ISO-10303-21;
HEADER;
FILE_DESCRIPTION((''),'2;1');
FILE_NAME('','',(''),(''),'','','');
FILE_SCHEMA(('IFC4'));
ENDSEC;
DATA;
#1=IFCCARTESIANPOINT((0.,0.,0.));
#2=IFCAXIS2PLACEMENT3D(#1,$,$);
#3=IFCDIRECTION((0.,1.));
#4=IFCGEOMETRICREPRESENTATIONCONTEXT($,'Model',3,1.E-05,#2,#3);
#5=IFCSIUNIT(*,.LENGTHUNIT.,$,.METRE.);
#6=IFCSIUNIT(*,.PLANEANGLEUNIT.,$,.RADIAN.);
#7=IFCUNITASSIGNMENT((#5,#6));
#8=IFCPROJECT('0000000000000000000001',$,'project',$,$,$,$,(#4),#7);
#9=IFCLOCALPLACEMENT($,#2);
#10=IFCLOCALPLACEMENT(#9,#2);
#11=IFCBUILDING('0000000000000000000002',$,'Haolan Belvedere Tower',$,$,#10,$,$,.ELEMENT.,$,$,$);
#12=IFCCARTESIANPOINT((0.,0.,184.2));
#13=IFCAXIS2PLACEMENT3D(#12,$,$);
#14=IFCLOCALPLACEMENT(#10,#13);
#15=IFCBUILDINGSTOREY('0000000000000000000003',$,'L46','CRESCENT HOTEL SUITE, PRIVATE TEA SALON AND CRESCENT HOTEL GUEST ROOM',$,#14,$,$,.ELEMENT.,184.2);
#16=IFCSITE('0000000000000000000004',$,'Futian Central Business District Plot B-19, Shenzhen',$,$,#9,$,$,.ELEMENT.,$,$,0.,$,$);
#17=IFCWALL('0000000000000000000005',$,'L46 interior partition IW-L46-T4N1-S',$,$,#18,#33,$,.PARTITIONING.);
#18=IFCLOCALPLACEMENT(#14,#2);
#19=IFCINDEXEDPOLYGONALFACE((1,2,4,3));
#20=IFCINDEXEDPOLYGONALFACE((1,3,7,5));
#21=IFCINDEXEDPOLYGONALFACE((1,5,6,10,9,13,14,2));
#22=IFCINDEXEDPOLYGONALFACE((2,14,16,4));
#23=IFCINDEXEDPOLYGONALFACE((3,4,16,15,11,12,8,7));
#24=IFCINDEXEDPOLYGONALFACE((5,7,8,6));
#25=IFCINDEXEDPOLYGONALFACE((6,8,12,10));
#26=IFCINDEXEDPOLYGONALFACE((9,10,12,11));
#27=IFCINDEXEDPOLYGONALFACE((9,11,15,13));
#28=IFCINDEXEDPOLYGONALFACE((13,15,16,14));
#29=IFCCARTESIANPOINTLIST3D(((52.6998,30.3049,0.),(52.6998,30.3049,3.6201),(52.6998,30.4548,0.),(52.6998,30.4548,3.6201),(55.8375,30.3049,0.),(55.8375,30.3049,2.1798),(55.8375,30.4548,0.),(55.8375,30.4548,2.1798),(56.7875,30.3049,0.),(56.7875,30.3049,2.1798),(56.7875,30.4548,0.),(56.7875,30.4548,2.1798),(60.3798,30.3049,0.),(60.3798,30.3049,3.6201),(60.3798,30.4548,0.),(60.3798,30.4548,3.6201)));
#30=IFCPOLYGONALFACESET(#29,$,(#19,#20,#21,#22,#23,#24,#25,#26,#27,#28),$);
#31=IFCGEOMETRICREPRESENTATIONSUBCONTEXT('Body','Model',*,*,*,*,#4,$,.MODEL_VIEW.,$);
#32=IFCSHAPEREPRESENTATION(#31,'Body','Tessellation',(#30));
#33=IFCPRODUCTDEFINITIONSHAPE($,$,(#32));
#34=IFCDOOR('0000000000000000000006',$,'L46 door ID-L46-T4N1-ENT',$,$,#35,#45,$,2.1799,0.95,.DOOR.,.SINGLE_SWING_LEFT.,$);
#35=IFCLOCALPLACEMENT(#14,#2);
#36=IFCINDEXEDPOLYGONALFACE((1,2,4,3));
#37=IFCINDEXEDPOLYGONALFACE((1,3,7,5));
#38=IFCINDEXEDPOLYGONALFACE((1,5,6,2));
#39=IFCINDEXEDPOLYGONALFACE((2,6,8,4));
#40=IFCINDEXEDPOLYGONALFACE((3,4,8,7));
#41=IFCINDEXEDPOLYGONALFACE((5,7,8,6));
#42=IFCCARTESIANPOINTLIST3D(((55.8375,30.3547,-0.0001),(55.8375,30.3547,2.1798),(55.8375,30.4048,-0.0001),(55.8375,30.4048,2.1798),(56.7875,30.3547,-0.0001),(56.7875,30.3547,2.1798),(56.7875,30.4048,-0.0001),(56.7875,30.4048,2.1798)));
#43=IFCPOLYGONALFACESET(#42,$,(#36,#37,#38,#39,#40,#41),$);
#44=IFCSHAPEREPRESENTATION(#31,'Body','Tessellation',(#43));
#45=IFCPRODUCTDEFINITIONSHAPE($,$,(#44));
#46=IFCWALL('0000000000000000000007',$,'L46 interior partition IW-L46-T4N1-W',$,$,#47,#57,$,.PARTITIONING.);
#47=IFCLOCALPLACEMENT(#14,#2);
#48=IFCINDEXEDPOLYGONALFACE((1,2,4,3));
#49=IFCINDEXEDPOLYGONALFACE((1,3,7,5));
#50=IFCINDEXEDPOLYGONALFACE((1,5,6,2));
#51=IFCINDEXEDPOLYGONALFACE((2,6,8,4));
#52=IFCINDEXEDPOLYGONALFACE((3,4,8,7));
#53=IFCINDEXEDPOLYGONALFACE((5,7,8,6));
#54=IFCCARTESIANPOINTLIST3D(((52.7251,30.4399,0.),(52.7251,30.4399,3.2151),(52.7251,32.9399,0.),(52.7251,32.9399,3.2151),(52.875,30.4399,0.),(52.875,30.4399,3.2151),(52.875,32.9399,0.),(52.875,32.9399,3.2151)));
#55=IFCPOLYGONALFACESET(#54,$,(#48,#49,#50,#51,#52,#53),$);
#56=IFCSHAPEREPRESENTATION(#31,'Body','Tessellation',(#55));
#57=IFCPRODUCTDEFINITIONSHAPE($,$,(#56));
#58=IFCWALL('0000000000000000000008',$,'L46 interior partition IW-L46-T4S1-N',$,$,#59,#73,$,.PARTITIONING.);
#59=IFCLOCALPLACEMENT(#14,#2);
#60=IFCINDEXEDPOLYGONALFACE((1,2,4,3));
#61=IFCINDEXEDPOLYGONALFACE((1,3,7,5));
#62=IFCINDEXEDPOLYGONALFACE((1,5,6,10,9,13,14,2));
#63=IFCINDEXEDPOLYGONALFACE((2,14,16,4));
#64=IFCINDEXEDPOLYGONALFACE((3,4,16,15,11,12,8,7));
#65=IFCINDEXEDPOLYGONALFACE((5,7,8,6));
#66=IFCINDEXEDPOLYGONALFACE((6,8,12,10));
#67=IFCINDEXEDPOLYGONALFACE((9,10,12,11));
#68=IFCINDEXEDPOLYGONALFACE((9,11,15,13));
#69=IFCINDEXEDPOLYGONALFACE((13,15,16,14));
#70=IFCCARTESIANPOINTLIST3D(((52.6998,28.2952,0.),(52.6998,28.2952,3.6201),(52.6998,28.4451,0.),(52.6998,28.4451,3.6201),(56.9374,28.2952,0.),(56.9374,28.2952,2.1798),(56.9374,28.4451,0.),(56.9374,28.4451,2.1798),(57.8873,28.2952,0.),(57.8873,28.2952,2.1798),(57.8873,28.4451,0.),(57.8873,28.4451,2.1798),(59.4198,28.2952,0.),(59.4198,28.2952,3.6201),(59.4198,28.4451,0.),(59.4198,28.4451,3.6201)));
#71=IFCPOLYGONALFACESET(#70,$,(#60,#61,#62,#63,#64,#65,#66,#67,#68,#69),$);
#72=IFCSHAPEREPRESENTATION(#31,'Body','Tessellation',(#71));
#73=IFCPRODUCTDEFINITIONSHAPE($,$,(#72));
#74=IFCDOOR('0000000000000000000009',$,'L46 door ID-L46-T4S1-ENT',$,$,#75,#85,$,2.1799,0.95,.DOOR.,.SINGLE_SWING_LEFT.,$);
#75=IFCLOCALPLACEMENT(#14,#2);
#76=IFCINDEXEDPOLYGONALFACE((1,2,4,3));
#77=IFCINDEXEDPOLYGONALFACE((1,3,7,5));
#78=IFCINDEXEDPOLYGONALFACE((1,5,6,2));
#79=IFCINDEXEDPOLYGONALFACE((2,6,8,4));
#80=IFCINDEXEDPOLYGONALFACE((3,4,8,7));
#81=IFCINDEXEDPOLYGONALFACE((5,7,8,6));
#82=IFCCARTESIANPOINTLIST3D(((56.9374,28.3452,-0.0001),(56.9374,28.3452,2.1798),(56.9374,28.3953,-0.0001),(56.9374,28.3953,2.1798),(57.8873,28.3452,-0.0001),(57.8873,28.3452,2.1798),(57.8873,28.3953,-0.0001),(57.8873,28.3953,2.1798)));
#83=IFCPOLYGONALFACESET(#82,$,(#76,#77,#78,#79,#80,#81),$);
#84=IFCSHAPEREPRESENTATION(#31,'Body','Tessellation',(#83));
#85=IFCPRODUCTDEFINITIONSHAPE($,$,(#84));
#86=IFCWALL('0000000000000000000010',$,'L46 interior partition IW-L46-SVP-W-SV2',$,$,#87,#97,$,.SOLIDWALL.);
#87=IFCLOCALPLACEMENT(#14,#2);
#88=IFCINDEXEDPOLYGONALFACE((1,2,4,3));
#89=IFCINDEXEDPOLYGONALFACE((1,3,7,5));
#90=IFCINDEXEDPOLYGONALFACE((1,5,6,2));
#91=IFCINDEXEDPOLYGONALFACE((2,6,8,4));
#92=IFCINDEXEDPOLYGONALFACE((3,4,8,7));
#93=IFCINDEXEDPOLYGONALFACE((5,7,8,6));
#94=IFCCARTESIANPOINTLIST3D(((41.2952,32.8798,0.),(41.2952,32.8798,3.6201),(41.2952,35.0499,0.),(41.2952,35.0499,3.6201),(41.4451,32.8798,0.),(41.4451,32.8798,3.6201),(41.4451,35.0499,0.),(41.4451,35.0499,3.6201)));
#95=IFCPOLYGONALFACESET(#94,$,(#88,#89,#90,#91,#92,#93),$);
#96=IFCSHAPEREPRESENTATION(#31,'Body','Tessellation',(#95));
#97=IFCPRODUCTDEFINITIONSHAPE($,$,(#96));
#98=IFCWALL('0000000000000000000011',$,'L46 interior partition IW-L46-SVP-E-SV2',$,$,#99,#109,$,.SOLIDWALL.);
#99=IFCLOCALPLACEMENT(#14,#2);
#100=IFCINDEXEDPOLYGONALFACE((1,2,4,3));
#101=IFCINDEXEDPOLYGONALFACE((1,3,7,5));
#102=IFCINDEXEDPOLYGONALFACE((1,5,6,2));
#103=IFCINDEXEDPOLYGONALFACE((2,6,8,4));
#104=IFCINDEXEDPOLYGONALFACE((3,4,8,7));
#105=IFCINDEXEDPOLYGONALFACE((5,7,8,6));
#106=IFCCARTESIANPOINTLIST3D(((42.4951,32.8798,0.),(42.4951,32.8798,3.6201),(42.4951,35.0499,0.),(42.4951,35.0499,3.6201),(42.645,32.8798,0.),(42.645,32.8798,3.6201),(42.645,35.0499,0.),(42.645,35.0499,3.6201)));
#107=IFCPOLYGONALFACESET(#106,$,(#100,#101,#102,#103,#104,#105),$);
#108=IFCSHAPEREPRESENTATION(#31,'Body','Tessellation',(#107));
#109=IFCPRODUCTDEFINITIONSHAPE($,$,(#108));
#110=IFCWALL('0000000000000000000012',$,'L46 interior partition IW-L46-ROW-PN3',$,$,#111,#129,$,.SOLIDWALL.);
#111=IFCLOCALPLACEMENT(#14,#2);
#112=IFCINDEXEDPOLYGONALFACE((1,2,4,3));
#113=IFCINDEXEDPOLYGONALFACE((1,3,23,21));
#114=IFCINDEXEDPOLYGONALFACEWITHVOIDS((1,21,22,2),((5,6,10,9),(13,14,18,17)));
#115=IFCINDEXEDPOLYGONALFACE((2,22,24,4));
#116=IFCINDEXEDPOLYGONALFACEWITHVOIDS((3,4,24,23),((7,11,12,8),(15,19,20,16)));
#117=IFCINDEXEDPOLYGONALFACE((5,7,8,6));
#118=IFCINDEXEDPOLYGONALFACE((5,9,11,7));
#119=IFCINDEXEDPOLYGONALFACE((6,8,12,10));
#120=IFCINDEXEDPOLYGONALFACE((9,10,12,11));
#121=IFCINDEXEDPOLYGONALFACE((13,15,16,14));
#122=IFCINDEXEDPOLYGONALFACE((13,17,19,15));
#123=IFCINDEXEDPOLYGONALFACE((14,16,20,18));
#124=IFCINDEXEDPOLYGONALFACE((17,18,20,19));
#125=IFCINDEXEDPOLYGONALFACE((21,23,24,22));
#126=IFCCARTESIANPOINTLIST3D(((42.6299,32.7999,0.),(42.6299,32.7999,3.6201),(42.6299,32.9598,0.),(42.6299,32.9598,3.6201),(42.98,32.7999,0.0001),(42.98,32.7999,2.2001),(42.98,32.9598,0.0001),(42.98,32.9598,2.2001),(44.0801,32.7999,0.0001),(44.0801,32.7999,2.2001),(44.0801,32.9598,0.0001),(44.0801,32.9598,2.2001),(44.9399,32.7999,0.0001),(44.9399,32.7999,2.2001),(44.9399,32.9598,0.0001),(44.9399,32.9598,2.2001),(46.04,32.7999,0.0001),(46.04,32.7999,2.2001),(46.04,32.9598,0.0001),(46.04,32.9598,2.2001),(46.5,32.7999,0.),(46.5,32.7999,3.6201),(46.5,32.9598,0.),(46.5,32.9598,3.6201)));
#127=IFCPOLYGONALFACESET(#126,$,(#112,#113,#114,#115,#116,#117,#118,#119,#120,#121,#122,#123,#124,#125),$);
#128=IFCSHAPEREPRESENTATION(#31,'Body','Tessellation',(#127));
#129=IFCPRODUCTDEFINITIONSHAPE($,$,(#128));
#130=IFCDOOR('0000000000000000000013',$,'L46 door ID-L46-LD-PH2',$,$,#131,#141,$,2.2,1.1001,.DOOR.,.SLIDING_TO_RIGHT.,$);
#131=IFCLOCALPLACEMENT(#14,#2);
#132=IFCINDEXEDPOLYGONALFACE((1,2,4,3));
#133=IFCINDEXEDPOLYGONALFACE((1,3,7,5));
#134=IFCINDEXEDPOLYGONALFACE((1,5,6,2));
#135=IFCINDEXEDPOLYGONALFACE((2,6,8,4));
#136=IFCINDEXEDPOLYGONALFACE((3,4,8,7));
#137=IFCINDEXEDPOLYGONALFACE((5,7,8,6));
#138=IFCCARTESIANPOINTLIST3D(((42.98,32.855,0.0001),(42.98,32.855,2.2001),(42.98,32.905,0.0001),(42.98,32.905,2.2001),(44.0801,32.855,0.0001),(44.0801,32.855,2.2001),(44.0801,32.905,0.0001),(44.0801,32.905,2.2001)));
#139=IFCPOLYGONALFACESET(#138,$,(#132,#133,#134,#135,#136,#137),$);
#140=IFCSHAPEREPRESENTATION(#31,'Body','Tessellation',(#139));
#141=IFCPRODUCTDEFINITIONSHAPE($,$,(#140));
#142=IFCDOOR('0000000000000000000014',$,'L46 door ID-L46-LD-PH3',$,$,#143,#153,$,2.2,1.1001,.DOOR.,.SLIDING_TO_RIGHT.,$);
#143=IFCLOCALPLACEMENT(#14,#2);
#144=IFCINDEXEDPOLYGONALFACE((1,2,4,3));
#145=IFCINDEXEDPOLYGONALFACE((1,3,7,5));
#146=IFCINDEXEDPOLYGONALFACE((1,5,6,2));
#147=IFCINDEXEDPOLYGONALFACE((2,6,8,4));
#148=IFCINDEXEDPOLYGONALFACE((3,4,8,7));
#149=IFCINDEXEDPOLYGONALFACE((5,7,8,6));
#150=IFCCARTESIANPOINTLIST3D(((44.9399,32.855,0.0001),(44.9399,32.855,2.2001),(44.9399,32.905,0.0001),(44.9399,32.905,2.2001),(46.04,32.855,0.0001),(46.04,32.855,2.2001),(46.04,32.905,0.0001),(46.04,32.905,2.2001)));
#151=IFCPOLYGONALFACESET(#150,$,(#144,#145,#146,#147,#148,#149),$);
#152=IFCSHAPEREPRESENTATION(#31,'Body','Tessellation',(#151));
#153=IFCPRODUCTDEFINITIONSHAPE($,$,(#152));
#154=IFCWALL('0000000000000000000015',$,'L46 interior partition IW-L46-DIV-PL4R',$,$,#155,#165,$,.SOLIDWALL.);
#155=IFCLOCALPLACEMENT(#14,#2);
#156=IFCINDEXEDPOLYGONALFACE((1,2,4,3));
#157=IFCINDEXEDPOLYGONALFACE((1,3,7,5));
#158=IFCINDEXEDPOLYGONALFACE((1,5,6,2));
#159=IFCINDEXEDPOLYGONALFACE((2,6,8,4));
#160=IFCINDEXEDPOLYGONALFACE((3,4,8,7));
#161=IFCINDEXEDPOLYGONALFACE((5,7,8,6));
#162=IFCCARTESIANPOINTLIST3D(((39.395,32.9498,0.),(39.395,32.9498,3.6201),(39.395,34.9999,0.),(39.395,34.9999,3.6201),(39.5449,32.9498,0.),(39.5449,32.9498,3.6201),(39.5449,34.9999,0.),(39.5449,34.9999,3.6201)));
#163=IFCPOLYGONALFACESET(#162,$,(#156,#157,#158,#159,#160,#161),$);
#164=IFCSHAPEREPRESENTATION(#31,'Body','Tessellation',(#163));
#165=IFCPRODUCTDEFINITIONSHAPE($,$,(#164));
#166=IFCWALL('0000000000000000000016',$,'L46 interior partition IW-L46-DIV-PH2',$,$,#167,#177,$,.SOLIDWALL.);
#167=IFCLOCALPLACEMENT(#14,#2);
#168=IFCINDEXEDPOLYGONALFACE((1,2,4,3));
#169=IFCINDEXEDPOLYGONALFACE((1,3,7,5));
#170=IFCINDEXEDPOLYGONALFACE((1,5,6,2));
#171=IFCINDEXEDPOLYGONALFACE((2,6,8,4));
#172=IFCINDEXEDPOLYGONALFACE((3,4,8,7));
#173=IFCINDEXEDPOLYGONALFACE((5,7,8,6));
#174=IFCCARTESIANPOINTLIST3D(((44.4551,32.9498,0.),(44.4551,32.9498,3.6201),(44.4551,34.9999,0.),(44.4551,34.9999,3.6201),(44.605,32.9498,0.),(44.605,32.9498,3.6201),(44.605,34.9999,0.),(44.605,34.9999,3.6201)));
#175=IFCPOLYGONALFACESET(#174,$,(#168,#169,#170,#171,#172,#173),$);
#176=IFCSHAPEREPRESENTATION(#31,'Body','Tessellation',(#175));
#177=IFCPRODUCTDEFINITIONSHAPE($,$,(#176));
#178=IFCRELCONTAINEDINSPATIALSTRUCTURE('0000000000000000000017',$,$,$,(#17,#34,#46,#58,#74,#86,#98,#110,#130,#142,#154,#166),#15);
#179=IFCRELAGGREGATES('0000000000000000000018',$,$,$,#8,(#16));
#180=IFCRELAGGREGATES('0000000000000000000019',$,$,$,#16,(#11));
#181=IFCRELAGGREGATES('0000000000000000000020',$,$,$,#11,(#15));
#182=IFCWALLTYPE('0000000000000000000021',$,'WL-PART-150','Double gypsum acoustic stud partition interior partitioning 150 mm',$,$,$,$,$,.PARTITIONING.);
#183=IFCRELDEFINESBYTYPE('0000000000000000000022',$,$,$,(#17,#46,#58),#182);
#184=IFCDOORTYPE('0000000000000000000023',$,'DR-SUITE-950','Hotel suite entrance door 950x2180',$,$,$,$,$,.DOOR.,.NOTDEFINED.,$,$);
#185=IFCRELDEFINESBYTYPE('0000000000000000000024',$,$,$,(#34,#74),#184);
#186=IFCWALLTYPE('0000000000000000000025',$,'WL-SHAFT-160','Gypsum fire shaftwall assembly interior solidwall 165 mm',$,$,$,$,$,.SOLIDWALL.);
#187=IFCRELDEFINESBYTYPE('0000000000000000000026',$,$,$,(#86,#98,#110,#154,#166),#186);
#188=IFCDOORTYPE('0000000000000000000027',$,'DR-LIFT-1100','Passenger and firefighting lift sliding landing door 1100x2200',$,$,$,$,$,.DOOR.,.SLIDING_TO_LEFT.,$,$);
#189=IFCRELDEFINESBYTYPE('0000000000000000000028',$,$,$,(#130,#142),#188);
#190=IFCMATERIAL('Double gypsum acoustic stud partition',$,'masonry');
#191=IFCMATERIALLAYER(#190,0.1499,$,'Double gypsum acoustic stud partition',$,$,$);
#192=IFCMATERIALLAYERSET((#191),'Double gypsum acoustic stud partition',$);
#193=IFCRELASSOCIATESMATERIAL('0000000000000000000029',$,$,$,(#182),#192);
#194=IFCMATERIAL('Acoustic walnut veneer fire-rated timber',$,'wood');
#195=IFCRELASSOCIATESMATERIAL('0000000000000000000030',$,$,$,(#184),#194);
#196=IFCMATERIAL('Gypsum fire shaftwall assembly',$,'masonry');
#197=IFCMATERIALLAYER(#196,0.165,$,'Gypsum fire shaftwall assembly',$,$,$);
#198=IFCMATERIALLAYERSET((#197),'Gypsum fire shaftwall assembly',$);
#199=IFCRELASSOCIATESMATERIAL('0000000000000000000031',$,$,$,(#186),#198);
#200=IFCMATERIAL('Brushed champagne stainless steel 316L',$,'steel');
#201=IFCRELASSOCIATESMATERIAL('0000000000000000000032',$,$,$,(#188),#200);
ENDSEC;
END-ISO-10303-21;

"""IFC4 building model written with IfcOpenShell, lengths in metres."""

from ifc_helpers import new_model, si_unit, direction, frame, frame_2d, origin, place, context, subcontext, project, spatial, rectangle, extrude, material, layer, layer_set, type_object, element, fill, save


model = new_model("IFC4")

# Units and contexts
model_context = context("Model", 3, precision=1e-05, world=origin(), true_north=direction((0.0, 1.0)))
body_context = subcontext(model_context, "Body", "Model", "MODEL_VIEW")
ifc_project = project(units=[si_unit("LENGTHUNIT", "METRE"), si_unit("PLANEANGLEUNIT", "RADIAN")], contexts=[model_context])

# Site, building, storey
site_placement = place(None, origin())
site = spatial("IfcSite", under=ifc_project, at=site_placement, Name="Futian Central Business District Plot B-19, Shenzhen", CompositionType="ELEMENT", RefElevation=0.0)
building_placement = place(site_placement, origin())
building = spatial("IfcBuilding", under=site, at=building_placement, Name="Haolan Belvedere Tower", CompositionType="ELEMENT")
storey_placement = place(building_placement, frame((0.0, 0.0, 184.2)))
storey = spatial("IfcBuildingStorey", under=building, at=storey_placement, Name="L46", Description="CRESCENT HOTEL SUITE, PRIVATE TEA SALON AND CRESCENT HOTEL GUEST ROOM", CompositionType="ELEMENT", Elevation=184.2)

# Shared definitions
ifc_material_1 = material(Name="Double gypsum acoustic stud partition", Category="masonry")
ifc_layer_1 = layer(ifc_material_1, 0.1499, Name="Double gypsum acoustic stud partition")
ifc_layer_set_1 = layer_set([ifc_layer_1], Name="Double gypsum acoustic stud partition")
wall_type_1 = type_object("IfcWallType", Name="WL-PART-150", Description="Double gypsum acoustic stud partition interior partitioning 150 mm", PredefinedType="PARTITIONING", material=ifc_layer_set_1)

# Wall, opening, door
wall_1_placement = place(storey_placement, frame((52.7, 30.3799, 0.0), z_axis=(0.0, 0.0, 1.0), x_axis=(1.0, 0.0, 0.0)))
wall_1 = element("IfcWall", 1, at=wall_1_placement, inside=storey, type_object=wall_type_1, Name="L46 interior partition IW-L46-T4N1-S", PredefinedType="PARTITIONING", context=body_context, shape_type="SweptSolid", body=[
    extrude(rectangle(XDim=7.6799, YDim=0.1499, at=frame_2d((3.8398, 0.0))), origin(), (0.0, 0.0, 1.0), 3.6201),
])
opening_1_placement = place(wall_1_placement, frame((3.1375, 0.0, 0.0)))
opening_1 = element("IfcOpeningElement", 2, at=opening_1_placement, cuts=wall_1, PredefinedType="OPENING", context=body_context, shape_type="SweptSolid", body=[
    extrude(rectangle(XDim=0.95, YDim=2.1799, at=frame_2d((0.4751, 1.0898))), frame((0.0, 0.085, 0.0), z_axis=(0.0, -1.0, 0.0), x_axis=(1.0, 0.0, 0.0)), (0.0, 0.0, 1.0), 0.1699),
])
ifc_material_2 = material(Name="Acoustic walnut veneer fire-rated timber", Category="wood")
door_type_1 = type_object("IfcDoorType", Name="DR-SUITE-950", Description="Hotel suite entrance door 950x2180", OperationType="NOTDEFINED", PredefinedType="DOOR", material=ifc_material_2)
door_1_placement = place(opening_1_placement, origin())
door_1 = element("IfcDoor", 3, at=door_1_placement, inside=storey, type_object=door_type_1, Name="L46 door ID-L46-T4N1-ENT", OperationType="SINGLE_SWING_LEFT", OverallHeight=2.1799, OverallWidth=0.95, PredefinedType="DOOR", context=body_context, shape_type="SweptSolid", body=[
    extrude(rectangle(XDim=0.95, YDim=2.1799, at=frame_2d((0.4751, 1.0898))), frame((0.0, 0.0249, 0.0), z_axis=(0.0, -1.0, 0.0), x_axis=(1.0, 0.0, 0.0)), (0.0, 0.0, 1.0), 0.05),
])
fill(opening_1, door_1)

# Wall
wall_2_placement = place(storey_placement, frame((52.8, 30.4399, 0.0), z_axis=(0.0, 0.0, 1.0), x_axis=(0.0, 1.0, 0.0)))
element("IfcWall", 4, at=wall_2_placement, inside=storey, type_object=wall_type_1, Name="L46 interior partition IW-L46-T4N1-W", PredefinedType="PARTITIONING", context=body_context, shape_type="SweptSolid", body=[
    extrude(rectangle(XDim=2.5, YDim=0.1499, at=frame_2d((1.25, 0.0))), origin(), (0.0, 0.0, 1.0), 3.2151),
])

# Wall, opening, door
wall_3_placement = place(storey_placement, frame((52.7, 28.3701, 0.0), z_axis=(0.0, 0.0, 1.0), x_axis=(1.0, 0.0, 0.0)))
wall_3 = element("IfcWall", 5, at=wall_3_placement, inside=storey, type_object=wall_type_1, Name="L46 interior partition IW-L46-T4S1-N", PredefinedType="PARTITIONING", context=body_context, shape_type="SweptSolid", body=[
    extrude(rectangle(XDim=6.72, YDim=0.1499, at=frame_2d((3.3599, 0.0))), origin(), (0.0, 0.0, 1.0), 3.6201),
])
opening_2_placement = place(wall_3_placement, frame((5.1875, 0.0, 0.0), z_axis=(0.0, 0.0, 1.0), x_axis=(-1.0, 0.0, 0.0)))
opening_2 = element("IfcOpeningElement", 6, at=opening_2_placement, cuts=wall_3, PredefinedType="OPENING", context=body_context, shape_type="SweptSolid", body=[
    extrude(rectangle(XDim=0.95, YDim=2.1799, at=frame_2d((0.4751, 1.0898))), frame((0.0, 0.085, 0.0), z_axis=(0.0, -1.0, 0.0), x_axis=(1.0, 0.0, 0.0)), (0.0, 0.0, 1.0), 0.1699),
])
door_2_placement = place(opening_2_placement, origin())
door_2 = element("IfcDoor", 7, at=door_2_placement, inside=storey, type_object=door_type_1, Name="L46 door ID-L46-T4S1-ENT", OperationType="SINGLE_SWING_LEFT", OverallHeight=2.1799, OverallWidth=0.95, PredefinedType="DOOR", context=body_context, shape_type="SweptSolid", body=[
    extrude(rectangle(XDim=0.95, YDim=2.1799, at=frame_2d((0.4751, 1.0898))), frame((0.0, 0.0249, 0.0), z_axis=(0.0, -1.0, 0.0), x_axis=(1.0, 0.0, 0.0)), (0.0, 0.0, 1.0), 0.05),
])
fill(opening_2, door_2)

# Walls
ifc_material_3 = material(Name="Gypsum fire shaftwall assembly", Category="masonry")
ifc_layer_2 = layer(ifc_material_3, 0.165, Name="Gypsum fire shaftwall assembly")
ifc_layer_set_2 = layer_set([ifc_layer_2], Name="Gypsum fire shaftwall assembly")
wall_type_2 = type_object("IfcWallType", Name="WL-SHAFT-160", Description="Gypsum fire shaftwall assembly interior solidwall 165 mm", PredefinedType="SOLIDWALL", material=ifc_layer_set_2)
for number, where, z_axis, x_axis, name in (
    (8, (41.3701, 32.8799, 0.0), (0.0, 0.0, 1.0), (0.0, 1.0, 0.0), "L46 interior partition IW-L46-SVP-W-SV2"),
    (9, (42.5701, 32.8799, 0.0), (0.0, 0.0, 1.0), (0.0, 1.0, 0.0), "L46 interior partition IW-L46-SVP-E-SV2"),
):
    element("IfcWall", number, at=place(storey_placement, frame(where, z_axis=z_axis, x_axis=x_axis)), inside=storey, type_object=wall_type_2, Name=name, PredefinedType="SOLIDWALL", context=body_context, shape_type="SweptSolid", body=[
        extrude(rectangle(XDim=2.1702, YDim=0.1499, at=frame_2d((1.085, 0.0))), origin(), (0.0, 0.0, 1.0), 3.6201),
    ])

# Wall, openings, doors
wall_4_placement = place(storey_placement, frame((42.6299, 32.8799, 0.0), z_axis=(0.0, 0.0, 1.0), x_axis=(1.0, 0.0, 0.0)))
wall_4 = element("IfcWall", 10, at=wall_4_placement, inside=storey, type_object=wall_type_2, Name="L46 interior partition IW-L46-ROW-PN3", PredefinedType="SOLIDWALL", context=body_context, shape_type="SweptSolid", body=[
    extrude(rectangle(XDim=3.8701, YDim=0.1599, at=frame_2d((1.9351, 0.0))), origin(), (0.0, 0.0, 1.0), 3.6201),
])
opening_3_placement = place(wall_4_placement, frame((1.4502, 0.0, 0.0), z_axis=(0.0, 0.0, 1.0), x_axis=(-1.0, 0.0, 0.0)))
opening_3 = element("IfcOpeningElement", 11, at=opening_3_placement, cuts=wall_4, PredefinedType="OPENING", context=body_context, shape_type="SweptSolid", body=[
    extrude(rectangle(XDim=1.1001, YDim=2.2, at=frame_2d((0.55, 1.1001))), frame((0.0, 0.0898, 0.0), z_axis=(0.0, -1.0, 0.0), x_axis=(1.0, 0.0, 0.0)), (0.0, 0.0, 1.0), 0.1799),
])
opening_4_placement = place(wall_4_placement, frame((3.4102, 0.0, 0.0), z_axis=(0.0, 0.0, 1.0), x_axis=(-1.0, 0.0, 0.0)))
opening_4 = element("IfcOpeningElement", 12, at=opening_4_placement, cuts=wall_4, PredefinedType="OPENING", context=body_context, shape_type="SweptSolid", body=[
    extrude(rectangle(XDim=1.1001, YDim=2.2, at=frame_2d((0.55, 1.1001))), frame((0.0, 0.0898, 0.0), z_axis=(0.0, -1.0, 0.0), x_axis=(1.0, 0.0, 0.0)), (0.0, 0.0, 1.0), 0.1799),
])
ifc_material_4 = material(Name="Brushed champagne stainless steel 316L", Category="steel")
door_type_2 = type_object("IfcDoorType", Name="DR-LIFT-1100", Description="Passenger and firefighting lift sliding landing door 1100x2200", OperationType="SLIDING_TO_LEFT", PredefinedType="DOOR", material=ifc_material_4)
door_3_placement = place(opening_3_placement, origin())
door_3 = element("IfcDoor", 13, at=door_3_placement, inside=storey, type_object=door_type_2, Name="L46 door ID-L46-LD-PH2", OperationType="SLIDING_TO_RIGHT", OverallHeight=2.2, OverallWidth=1.1001, PredefinedType="DOOR", context=body_context, shape_type="SweptSolid", body=[
    extrude(rectangle(XDim=1.1001, YDim=2.2, at=frame_2d((0.55, 1.1001))), frame((0.0, 0.0249, 0.0), z_axis=(0.0, -1.0, 0.0), x_axis=(1.0, 0.0, 0.0)), (0.0, 0.0, 1.0), 0.05),
])
fill(opening_3, door_3)
door_4_placement = place(opening_4_placement, origin())
door_4 = element("IfcDoor", 14, at=door_4_placement, inside=storey, type_object=door_type_2, Name="L46 door ID-L46-LD-PH3", OperationType="SLIDING_TO_RIGHT", OverallHeight=2.2, OverallWidth=1.1001, PredefinedType="DOOR", context=body_context, shape_type="SweptSolid", body=[
    extrude(rectangle(XDim=1.1001, YDim=2.2, at=frame_2d((0.55, 1.1001))), frame((0.0, 0.0249, 0.0), z_axis=(0.0, -1.0, 0.0), x_axis=(1.0, 0.0, 0.0)), (0.0, 0.0, 1.0), 0.05),
])
fill(opening_4, door_4)

# Walls
for number, where, z_axis, x_axis, name in (
    (15, (39.47, 32.95, 0.0), (0.0, 0.0, 1.0), (0.0, 1.0, 0.0), "L46 interior partition IW-L46-DIV-PL4R"),
    (16, (44.53, 32.95, 0.0), (0.0, 0.0, 1.0), (0.0, 1.0, 0.0), "L46 interior partition IW-L46-DIV-PH2"),
):
    element("IfcWall", number, at=place(storey_placement, frame(where, z_axis=z_axis, x_axis=x_axis)), inside=storey, type_object=wall_type_2, Name=name, PredefinedType="SOLIDWALL", context=body_context, shape_type="SweptSolid", body=[
        extrude(rectangle(XDim=2.05, YDim=0.1499, at=frame_2d((1.0249, 0.0))), origin(), (0.0, 0.0, 1.0), 3.6201),
    ])

save(model, "model.ifc")
